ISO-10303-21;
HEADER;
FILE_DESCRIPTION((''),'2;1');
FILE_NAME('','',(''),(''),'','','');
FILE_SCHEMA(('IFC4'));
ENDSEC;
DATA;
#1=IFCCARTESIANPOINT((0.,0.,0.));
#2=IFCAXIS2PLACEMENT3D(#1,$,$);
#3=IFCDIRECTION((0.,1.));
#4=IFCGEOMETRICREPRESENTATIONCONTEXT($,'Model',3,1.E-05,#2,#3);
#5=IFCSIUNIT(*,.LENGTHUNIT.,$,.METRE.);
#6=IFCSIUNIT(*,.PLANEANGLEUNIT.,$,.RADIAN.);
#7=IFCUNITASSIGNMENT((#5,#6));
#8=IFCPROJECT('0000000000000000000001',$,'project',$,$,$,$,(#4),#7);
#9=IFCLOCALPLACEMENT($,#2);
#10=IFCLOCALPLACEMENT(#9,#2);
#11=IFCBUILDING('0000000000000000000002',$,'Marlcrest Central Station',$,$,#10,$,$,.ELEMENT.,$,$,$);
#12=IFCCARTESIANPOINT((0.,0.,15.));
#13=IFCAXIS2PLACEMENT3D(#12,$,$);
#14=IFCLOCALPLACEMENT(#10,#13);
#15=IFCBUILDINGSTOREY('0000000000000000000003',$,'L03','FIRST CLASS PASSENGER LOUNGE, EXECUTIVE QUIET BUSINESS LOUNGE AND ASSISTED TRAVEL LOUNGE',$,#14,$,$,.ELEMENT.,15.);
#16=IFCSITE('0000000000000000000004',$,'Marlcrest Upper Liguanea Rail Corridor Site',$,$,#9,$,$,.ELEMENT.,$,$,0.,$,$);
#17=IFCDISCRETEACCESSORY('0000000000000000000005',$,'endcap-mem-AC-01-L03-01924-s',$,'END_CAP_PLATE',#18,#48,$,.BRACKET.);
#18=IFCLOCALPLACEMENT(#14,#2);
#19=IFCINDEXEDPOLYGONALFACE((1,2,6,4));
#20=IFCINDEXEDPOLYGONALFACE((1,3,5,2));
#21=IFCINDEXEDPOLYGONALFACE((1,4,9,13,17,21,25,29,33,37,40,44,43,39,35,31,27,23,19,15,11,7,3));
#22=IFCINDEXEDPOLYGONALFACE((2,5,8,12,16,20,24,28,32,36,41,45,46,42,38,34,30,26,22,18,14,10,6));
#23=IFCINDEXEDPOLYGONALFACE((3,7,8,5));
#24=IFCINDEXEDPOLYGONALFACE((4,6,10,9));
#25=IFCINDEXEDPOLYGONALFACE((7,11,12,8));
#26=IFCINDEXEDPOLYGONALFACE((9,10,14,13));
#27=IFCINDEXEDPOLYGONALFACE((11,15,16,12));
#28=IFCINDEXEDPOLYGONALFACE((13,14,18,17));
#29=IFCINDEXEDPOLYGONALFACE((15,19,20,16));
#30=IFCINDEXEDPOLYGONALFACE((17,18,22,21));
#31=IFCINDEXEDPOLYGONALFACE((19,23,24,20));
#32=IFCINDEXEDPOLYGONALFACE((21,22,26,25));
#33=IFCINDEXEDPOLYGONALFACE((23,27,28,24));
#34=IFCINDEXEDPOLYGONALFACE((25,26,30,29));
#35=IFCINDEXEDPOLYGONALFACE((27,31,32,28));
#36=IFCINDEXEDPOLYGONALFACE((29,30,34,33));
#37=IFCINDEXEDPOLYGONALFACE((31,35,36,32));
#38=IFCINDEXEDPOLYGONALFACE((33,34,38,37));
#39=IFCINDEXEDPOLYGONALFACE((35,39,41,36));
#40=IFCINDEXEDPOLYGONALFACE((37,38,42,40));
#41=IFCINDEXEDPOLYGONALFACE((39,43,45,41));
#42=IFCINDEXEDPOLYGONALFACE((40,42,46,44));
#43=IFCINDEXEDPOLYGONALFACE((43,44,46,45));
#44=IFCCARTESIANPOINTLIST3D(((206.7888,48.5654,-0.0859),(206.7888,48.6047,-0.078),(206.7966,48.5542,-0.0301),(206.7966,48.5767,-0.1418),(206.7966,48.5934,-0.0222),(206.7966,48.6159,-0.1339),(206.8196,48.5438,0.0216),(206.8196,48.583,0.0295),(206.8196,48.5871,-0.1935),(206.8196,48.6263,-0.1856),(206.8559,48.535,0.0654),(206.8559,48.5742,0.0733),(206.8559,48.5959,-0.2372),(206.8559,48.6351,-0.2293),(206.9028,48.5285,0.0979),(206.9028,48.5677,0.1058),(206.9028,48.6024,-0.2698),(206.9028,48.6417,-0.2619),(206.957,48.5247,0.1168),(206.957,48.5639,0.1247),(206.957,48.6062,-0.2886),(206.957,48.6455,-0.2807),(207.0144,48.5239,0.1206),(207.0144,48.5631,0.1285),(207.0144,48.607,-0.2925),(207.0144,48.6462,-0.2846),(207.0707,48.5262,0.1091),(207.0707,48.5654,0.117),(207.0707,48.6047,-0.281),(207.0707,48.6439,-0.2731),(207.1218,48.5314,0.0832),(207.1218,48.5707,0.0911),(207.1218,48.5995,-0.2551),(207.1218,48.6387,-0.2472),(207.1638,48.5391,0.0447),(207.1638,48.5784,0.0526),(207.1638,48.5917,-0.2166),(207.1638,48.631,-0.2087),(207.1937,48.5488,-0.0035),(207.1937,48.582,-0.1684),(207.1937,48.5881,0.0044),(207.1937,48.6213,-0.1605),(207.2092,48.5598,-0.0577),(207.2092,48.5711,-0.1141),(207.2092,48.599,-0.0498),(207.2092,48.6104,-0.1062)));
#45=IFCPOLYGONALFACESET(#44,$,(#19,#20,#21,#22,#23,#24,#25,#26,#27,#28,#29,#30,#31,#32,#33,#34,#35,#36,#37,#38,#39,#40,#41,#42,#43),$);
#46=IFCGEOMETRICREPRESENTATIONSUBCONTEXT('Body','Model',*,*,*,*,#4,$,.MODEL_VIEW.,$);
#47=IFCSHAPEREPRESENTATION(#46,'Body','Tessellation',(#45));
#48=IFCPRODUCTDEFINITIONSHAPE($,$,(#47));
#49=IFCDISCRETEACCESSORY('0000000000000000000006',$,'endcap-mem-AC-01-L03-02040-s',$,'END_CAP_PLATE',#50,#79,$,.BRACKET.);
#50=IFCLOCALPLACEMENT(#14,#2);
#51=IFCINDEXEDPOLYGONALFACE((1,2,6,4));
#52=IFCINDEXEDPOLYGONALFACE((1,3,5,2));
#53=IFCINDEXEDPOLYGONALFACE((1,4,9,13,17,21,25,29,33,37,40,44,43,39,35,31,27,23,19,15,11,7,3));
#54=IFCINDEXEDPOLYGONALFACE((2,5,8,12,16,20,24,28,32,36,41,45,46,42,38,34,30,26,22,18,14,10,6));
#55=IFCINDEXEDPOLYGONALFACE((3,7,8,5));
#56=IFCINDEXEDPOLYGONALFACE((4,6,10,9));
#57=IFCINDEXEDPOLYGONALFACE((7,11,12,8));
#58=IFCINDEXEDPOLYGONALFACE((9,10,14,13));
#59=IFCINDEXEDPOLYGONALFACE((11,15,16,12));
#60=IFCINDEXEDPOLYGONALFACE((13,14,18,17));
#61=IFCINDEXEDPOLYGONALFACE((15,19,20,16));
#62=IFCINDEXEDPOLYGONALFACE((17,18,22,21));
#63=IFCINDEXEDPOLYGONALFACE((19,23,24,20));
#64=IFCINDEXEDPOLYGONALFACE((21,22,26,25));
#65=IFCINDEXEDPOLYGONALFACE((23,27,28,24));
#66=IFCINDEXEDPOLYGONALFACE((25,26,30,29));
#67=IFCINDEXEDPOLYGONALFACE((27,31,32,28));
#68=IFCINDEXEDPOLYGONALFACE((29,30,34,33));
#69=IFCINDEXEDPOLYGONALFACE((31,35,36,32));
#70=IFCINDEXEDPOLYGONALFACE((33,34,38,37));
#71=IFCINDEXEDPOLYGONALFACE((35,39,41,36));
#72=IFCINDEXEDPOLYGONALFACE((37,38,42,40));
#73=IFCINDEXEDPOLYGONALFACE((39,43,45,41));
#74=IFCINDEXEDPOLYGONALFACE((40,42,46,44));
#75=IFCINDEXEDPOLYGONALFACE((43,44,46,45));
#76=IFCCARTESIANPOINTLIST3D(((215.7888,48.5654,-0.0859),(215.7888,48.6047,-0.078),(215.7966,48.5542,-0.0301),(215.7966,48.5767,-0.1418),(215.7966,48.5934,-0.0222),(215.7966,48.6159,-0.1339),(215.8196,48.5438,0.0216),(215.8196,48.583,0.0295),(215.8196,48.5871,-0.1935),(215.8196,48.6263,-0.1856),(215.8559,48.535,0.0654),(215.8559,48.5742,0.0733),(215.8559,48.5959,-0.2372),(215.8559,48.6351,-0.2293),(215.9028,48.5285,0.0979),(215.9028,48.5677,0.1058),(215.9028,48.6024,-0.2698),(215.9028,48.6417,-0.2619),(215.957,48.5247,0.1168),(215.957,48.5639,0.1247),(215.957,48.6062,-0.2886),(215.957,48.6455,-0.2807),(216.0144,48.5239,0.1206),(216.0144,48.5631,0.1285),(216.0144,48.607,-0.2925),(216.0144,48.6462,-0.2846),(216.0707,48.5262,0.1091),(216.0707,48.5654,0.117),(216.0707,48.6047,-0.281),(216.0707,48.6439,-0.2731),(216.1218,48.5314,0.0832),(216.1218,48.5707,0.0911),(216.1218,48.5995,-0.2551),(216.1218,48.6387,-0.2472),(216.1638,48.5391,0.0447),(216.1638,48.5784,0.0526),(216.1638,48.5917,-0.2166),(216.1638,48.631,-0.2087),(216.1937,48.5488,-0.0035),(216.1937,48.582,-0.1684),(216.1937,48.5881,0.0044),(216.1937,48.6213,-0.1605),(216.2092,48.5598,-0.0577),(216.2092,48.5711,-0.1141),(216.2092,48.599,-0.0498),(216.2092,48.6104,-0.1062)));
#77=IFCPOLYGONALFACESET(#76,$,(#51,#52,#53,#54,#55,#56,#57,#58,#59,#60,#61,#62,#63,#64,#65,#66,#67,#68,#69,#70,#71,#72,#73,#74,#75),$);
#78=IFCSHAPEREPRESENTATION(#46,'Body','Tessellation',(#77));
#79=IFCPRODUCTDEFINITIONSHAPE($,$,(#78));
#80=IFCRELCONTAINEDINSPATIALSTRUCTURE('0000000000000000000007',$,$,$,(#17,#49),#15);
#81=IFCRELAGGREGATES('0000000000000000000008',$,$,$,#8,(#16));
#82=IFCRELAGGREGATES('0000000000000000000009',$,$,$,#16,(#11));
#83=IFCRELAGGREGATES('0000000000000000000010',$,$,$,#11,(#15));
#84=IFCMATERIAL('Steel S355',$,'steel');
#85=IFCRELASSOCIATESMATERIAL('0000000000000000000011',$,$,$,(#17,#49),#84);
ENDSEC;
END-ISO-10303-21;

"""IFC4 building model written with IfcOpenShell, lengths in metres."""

from ifc_helpers import new_model, si_unit, direction, frame, origin, origin_2d, place, context, subcontext, project, spatial, circle, extrude, material, element, save


model = new_model("IFC4")

# Units and contexts
model_context = context("Model", 3, precision=1e-05, world=origin(), true_north=direction((0.0, 1.0)))
body_context = subcontext(model_context, "Body", "Model", "MODEL_VIEW")
ifc_project = project(units=[si_unit("LENGTHUNIT", "METRE"), si_unit("PLANEANGLEUNIT", "RADIAN")], contexts=[model_context])

# Site, building, storey
site_placement = place(None, origin())
site = spatial("IfcSite", under=ifc_project, at=site_placement, Name="Marlcrest Upper Liguanea Rail Corridor Site", CompositionType="ELEMENT", RefElevation=0.0)
building_placement = place(site_placement, origin())
building = spatial("IfcBuilding", under=site, at=building_placement, Name="Marlcrest Central Station", CompositionType="ELEMENT")
storey_placement = place(building_placement, frame((0.0, 0.0, 15.0)))
storey = spatial("IfcBuildingStorey", under=building, at=storey_placement, Name="L03", Description="FIRST CLASS PASSENGER LOUNGE, EXECUTIVE QUIET BUSINESS LOUNGE AND ASSISTED TRAVEL LOUNGE", CompositionType="ELEMENT", Elevation=15.0)

# Shared definitions
ifc_material_1 = material(Name="Steel S355", Category="steel")

# Discrete accessories
for number, where, z_axis, x_axis, name in (
    (1, (207.0, 48.5654, -0.0859), (0.0, 0.980359, 0.197219), (-1.0, 0.0, 0.0), "endcap-mem-AC-01-L03-01924-s"),
    (2, (216.0, 48.5654, -0.0859), (0.0, 0.980359, 0.197219), (-1.0, 0.0, 0.0), "endcap-mem-AC-01-L03-02040-s"),
):
    element("IfcDiscreteAccessory", number, at=place(storey_placement, frame(where, z_axis=z_axis, x_axis=x_axis)), inside=storey, material=ifc_material_1, Name=name, ObjectType="END_CAP_PLATE", PredefinedType="BRACKET", context=body_context, shape_type="SweptSolid", body=[
        extrude(circle(Radius=0.2112, at=origin_2d()), origin(), (0.0, 0.0, 1.0), 0.04),
    ])

save(model, "model.ifc")
